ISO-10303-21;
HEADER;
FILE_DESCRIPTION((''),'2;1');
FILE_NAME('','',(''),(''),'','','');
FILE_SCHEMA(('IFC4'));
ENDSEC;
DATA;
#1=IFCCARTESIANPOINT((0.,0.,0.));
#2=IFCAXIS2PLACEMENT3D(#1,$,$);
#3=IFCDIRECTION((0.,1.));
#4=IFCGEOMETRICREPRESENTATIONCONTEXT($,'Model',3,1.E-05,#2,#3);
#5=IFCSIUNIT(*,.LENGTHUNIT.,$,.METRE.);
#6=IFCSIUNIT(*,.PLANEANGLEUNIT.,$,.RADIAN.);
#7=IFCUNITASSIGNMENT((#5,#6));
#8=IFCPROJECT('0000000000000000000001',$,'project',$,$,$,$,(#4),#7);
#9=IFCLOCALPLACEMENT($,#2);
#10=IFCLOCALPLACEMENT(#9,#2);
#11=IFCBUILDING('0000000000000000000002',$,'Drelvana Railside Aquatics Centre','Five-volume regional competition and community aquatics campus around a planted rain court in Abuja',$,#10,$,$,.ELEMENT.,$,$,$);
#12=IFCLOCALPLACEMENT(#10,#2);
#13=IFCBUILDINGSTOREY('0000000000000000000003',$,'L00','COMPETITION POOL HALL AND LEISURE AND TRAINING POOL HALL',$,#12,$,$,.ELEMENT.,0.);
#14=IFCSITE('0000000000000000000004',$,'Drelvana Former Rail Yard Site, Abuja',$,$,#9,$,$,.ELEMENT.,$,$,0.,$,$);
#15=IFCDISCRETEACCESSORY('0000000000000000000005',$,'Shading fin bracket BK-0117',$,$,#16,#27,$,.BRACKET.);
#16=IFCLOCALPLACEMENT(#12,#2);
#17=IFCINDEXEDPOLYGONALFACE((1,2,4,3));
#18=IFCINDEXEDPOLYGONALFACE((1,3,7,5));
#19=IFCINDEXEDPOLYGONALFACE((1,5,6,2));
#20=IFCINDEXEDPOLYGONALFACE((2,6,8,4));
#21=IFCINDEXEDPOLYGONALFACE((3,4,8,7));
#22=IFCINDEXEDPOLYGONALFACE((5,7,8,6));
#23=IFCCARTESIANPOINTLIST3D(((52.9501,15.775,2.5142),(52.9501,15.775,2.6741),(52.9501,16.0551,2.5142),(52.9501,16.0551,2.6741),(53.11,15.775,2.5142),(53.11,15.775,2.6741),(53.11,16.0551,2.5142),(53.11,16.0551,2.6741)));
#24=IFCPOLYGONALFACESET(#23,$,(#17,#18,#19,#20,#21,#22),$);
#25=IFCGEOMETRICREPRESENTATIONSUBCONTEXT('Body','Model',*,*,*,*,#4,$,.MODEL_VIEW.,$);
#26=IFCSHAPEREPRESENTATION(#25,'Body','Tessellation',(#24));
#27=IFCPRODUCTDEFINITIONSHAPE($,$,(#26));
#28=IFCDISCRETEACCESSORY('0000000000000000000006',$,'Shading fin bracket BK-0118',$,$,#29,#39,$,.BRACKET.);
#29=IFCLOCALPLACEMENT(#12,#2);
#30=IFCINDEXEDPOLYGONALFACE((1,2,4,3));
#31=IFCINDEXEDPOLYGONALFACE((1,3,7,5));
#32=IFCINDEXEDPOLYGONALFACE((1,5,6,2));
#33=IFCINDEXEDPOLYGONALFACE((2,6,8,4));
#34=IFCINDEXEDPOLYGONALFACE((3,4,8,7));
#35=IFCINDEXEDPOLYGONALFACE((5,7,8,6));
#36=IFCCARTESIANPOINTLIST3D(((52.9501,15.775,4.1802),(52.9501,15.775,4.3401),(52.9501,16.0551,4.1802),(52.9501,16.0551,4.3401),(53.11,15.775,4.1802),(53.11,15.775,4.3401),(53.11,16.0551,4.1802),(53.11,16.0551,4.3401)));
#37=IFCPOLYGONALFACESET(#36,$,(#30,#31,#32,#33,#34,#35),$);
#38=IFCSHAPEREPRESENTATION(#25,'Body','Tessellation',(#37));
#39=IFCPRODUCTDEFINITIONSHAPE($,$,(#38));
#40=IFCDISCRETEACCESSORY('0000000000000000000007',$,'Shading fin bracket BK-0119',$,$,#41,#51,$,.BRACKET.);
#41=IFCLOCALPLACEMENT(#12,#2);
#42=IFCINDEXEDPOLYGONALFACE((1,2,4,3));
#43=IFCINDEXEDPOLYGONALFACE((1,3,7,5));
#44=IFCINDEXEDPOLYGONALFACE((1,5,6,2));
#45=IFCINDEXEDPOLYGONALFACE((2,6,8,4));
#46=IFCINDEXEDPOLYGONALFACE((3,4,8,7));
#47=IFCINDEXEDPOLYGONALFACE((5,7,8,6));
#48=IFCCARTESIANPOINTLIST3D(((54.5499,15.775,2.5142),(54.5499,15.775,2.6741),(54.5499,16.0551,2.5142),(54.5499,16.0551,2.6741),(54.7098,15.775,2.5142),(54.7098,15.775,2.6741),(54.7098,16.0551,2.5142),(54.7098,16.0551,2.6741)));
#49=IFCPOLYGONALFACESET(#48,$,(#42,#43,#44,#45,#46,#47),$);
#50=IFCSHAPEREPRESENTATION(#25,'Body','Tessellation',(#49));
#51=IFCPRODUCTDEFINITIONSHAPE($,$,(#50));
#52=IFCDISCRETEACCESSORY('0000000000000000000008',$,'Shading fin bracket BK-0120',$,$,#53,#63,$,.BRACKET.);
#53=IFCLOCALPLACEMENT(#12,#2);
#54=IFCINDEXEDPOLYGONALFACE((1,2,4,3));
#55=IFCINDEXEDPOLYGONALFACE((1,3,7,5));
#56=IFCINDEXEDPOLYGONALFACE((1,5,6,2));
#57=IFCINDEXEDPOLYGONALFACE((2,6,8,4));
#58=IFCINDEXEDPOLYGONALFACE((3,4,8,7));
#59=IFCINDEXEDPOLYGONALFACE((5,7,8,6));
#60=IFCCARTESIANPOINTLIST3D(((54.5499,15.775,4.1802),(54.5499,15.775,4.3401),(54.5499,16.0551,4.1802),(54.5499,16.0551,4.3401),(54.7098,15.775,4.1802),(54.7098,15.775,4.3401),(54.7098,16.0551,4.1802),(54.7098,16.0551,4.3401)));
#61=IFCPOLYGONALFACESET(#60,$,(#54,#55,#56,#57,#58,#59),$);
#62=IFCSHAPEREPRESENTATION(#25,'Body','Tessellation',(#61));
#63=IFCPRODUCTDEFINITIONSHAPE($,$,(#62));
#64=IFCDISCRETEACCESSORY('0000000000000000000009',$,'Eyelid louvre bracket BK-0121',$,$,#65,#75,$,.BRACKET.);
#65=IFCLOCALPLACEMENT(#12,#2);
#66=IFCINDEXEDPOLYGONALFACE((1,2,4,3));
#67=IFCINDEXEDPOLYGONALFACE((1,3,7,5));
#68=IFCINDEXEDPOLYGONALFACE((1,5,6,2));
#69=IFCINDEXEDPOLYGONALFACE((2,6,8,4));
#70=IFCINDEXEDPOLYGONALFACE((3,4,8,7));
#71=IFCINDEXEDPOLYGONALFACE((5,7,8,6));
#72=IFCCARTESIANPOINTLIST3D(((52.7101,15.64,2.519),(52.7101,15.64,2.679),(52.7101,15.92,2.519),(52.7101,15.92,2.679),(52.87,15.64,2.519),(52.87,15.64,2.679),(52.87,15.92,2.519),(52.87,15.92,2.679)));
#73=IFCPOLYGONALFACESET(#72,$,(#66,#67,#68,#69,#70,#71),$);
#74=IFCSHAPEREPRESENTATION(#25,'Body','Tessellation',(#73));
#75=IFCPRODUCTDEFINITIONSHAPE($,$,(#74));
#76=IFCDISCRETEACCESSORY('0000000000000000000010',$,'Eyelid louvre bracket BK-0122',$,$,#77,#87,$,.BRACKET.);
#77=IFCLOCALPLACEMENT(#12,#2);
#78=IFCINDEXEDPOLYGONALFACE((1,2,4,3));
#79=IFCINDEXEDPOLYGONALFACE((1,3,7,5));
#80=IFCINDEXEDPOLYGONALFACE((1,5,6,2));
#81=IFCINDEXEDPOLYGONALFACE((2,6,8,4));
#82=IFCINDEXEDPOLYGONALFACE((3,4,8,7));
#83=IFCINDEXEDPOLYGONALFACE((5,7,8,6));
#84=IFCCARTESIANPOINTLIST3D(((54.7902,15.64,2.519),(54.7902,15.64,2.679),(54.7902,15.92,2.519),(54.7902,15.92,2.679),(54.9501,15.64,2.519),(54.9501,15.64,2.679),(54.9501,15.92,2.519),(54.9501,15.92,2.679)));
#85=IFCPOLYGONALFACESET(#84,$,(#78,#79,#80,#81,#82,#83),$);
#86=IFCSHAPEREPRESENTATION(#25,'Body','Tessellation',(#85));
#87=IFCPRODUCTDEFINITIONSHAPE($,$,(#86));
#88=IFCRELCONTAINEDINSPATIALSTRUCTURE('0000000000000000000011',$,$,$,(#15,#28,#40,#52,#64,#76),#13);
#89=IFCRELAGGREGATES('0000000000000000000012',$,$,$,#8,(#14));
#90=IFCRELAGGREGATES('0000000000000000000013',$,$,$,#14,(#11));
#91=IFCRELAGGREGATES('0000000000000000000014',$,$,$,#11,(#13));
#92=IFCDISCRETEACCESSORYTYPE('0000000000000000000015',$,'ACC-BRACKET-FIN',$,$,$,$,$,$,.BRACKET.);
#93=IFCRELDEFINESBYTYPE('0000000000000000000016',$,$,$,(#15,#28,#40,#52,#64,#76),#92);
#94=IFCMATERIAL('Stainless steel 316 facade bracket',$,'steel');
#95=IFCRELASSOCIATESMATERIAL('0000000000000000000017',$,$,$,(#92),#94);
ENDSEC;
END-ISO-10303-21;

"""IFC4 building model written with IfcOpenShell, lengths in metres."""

from ifc_helpers import new_model, si_unit, direction, frame, origin, origin_2d, place, context, subcontext, project, spatial, rectangle, extrude, material, type_object, element, save


model = new_model("IFC4")

# Units and contexts
model_context = context("Model", 3, precision=1e-05, world=origin(), true_north=direction((0.0, 1.0)))
body_context = subcontext(model_context, "Body", "Model", "MODEL_VIEW")
ifc_project = project(units=[si_unit("LENGTHUNIT", "METRE"), si_unit("PLANEANGLEUNIT", "RADIAN")], contexts=[model_context])

# Site, building, storey
site_placement = place(None, origin())
site = spatial("IfcSite", under=ifc_project, at=site_placement, Name="Drelvana Former Rail Yard Site, Abuja", CompositionType="ELEMENT", RefElevation=0.0)
building_placement = place(site_placement, origin())
building = spatial("IfcBuilding", under=site, at=building_placement, Name="Drelvana Railside Aquatics Centre", Description="Five-volume regional competition and community aquatics campus around a planted rain court in Abuja", CompositionType="ELEMENT")
storey_placement = place(building_placement, origin())
storey = spatial("IfcBuildingStorey", under=building, at=storey_placement, Name="L00", Description="COMPETITION POOL HALL AND LEISURE AND TRAINING POOL HALL", CompositionType="ELEMENT", Elevation=0.0)

# Discrete accessories
ifc_material_1 = material(Name="Stainless steel 316 facade bracket", Category="steel")
discrete_accessory_type = type_object("IfcDiscreteAccessoryType", Name="ACC-BRACKET-FIN", PredefinedType="BRACKET", material=ifc_material_1)
for number, where, z_axis, x_axis, name in (
    (1, (53.03, 15.915, 2.5142), (0.0, 0.0, 1.0), (0.0, -1.0, 0.0), "Shading fin bracket BK-0117"),
    (2, (53.03, 15.915, 4.1802), (0.0, 0.0, 1.0), (0.0, -1.0, 0.0), "Shading fin bracket BK-0118"),
    (3, (54.6299, 15.915, 2.5142), (0.0, 0.0, 1.0), (0.0, -1.0, 0.0), "Shading fin bracket BK-0119"),
    (4, (54.6299, 15.915, 4.1802), (0.0, 0.0, 1.0), (0.0, -1.0, 0.0), "Shading fin bracket BK-0120"),
):
    element("IfcDiscreteAccessory", number, at=place(storey_placement, frame(where, z_axis=z_axis, x_axis=x_axis)), inside=storey, type_object=discrete_accessory_type, Name=name, PredefinedType="BRACKET", context=body_context, shape_type="SweptSolid", body=[
        extrude(rectangle(XDim=0.28, YDim=0.1599, at=origin_2d()), origin(), (0.0, 0.0, 1.0), 0.1599),
    ])
for number, where, z_axis, x_axis, name in (
    (5, (52.79, 15.78, 2.519), (0.0, 0.0, 1.0), (1.0, 0.0, 0.0), "Eyelid louvre bracket BK-0121"),
    (6, (54.8701, 15.78, 2.519), (0.0, 0.0, 1.0), (1.0, 0.0, 0.0), "Eyelid louvre bracket BK-0122"),
):
    element("IfcDiscreteAccessory", number, at=place(storey_placement, frame(where, z_axis=z_axis, x_axis=x_axis)), inside=storey, type_object=discrete_accessory_type, Name=name, PredefinedType="BRACKET", context=body_context, shape_type="SweptSolid", body=[
        extrude(rectangle(XDim=0.1599, YDim=0.28, at=origin_2d()), origin(), (0.0, 0.0, 1.0), 0.1599),
    ])

save(model, "model.ifc")
